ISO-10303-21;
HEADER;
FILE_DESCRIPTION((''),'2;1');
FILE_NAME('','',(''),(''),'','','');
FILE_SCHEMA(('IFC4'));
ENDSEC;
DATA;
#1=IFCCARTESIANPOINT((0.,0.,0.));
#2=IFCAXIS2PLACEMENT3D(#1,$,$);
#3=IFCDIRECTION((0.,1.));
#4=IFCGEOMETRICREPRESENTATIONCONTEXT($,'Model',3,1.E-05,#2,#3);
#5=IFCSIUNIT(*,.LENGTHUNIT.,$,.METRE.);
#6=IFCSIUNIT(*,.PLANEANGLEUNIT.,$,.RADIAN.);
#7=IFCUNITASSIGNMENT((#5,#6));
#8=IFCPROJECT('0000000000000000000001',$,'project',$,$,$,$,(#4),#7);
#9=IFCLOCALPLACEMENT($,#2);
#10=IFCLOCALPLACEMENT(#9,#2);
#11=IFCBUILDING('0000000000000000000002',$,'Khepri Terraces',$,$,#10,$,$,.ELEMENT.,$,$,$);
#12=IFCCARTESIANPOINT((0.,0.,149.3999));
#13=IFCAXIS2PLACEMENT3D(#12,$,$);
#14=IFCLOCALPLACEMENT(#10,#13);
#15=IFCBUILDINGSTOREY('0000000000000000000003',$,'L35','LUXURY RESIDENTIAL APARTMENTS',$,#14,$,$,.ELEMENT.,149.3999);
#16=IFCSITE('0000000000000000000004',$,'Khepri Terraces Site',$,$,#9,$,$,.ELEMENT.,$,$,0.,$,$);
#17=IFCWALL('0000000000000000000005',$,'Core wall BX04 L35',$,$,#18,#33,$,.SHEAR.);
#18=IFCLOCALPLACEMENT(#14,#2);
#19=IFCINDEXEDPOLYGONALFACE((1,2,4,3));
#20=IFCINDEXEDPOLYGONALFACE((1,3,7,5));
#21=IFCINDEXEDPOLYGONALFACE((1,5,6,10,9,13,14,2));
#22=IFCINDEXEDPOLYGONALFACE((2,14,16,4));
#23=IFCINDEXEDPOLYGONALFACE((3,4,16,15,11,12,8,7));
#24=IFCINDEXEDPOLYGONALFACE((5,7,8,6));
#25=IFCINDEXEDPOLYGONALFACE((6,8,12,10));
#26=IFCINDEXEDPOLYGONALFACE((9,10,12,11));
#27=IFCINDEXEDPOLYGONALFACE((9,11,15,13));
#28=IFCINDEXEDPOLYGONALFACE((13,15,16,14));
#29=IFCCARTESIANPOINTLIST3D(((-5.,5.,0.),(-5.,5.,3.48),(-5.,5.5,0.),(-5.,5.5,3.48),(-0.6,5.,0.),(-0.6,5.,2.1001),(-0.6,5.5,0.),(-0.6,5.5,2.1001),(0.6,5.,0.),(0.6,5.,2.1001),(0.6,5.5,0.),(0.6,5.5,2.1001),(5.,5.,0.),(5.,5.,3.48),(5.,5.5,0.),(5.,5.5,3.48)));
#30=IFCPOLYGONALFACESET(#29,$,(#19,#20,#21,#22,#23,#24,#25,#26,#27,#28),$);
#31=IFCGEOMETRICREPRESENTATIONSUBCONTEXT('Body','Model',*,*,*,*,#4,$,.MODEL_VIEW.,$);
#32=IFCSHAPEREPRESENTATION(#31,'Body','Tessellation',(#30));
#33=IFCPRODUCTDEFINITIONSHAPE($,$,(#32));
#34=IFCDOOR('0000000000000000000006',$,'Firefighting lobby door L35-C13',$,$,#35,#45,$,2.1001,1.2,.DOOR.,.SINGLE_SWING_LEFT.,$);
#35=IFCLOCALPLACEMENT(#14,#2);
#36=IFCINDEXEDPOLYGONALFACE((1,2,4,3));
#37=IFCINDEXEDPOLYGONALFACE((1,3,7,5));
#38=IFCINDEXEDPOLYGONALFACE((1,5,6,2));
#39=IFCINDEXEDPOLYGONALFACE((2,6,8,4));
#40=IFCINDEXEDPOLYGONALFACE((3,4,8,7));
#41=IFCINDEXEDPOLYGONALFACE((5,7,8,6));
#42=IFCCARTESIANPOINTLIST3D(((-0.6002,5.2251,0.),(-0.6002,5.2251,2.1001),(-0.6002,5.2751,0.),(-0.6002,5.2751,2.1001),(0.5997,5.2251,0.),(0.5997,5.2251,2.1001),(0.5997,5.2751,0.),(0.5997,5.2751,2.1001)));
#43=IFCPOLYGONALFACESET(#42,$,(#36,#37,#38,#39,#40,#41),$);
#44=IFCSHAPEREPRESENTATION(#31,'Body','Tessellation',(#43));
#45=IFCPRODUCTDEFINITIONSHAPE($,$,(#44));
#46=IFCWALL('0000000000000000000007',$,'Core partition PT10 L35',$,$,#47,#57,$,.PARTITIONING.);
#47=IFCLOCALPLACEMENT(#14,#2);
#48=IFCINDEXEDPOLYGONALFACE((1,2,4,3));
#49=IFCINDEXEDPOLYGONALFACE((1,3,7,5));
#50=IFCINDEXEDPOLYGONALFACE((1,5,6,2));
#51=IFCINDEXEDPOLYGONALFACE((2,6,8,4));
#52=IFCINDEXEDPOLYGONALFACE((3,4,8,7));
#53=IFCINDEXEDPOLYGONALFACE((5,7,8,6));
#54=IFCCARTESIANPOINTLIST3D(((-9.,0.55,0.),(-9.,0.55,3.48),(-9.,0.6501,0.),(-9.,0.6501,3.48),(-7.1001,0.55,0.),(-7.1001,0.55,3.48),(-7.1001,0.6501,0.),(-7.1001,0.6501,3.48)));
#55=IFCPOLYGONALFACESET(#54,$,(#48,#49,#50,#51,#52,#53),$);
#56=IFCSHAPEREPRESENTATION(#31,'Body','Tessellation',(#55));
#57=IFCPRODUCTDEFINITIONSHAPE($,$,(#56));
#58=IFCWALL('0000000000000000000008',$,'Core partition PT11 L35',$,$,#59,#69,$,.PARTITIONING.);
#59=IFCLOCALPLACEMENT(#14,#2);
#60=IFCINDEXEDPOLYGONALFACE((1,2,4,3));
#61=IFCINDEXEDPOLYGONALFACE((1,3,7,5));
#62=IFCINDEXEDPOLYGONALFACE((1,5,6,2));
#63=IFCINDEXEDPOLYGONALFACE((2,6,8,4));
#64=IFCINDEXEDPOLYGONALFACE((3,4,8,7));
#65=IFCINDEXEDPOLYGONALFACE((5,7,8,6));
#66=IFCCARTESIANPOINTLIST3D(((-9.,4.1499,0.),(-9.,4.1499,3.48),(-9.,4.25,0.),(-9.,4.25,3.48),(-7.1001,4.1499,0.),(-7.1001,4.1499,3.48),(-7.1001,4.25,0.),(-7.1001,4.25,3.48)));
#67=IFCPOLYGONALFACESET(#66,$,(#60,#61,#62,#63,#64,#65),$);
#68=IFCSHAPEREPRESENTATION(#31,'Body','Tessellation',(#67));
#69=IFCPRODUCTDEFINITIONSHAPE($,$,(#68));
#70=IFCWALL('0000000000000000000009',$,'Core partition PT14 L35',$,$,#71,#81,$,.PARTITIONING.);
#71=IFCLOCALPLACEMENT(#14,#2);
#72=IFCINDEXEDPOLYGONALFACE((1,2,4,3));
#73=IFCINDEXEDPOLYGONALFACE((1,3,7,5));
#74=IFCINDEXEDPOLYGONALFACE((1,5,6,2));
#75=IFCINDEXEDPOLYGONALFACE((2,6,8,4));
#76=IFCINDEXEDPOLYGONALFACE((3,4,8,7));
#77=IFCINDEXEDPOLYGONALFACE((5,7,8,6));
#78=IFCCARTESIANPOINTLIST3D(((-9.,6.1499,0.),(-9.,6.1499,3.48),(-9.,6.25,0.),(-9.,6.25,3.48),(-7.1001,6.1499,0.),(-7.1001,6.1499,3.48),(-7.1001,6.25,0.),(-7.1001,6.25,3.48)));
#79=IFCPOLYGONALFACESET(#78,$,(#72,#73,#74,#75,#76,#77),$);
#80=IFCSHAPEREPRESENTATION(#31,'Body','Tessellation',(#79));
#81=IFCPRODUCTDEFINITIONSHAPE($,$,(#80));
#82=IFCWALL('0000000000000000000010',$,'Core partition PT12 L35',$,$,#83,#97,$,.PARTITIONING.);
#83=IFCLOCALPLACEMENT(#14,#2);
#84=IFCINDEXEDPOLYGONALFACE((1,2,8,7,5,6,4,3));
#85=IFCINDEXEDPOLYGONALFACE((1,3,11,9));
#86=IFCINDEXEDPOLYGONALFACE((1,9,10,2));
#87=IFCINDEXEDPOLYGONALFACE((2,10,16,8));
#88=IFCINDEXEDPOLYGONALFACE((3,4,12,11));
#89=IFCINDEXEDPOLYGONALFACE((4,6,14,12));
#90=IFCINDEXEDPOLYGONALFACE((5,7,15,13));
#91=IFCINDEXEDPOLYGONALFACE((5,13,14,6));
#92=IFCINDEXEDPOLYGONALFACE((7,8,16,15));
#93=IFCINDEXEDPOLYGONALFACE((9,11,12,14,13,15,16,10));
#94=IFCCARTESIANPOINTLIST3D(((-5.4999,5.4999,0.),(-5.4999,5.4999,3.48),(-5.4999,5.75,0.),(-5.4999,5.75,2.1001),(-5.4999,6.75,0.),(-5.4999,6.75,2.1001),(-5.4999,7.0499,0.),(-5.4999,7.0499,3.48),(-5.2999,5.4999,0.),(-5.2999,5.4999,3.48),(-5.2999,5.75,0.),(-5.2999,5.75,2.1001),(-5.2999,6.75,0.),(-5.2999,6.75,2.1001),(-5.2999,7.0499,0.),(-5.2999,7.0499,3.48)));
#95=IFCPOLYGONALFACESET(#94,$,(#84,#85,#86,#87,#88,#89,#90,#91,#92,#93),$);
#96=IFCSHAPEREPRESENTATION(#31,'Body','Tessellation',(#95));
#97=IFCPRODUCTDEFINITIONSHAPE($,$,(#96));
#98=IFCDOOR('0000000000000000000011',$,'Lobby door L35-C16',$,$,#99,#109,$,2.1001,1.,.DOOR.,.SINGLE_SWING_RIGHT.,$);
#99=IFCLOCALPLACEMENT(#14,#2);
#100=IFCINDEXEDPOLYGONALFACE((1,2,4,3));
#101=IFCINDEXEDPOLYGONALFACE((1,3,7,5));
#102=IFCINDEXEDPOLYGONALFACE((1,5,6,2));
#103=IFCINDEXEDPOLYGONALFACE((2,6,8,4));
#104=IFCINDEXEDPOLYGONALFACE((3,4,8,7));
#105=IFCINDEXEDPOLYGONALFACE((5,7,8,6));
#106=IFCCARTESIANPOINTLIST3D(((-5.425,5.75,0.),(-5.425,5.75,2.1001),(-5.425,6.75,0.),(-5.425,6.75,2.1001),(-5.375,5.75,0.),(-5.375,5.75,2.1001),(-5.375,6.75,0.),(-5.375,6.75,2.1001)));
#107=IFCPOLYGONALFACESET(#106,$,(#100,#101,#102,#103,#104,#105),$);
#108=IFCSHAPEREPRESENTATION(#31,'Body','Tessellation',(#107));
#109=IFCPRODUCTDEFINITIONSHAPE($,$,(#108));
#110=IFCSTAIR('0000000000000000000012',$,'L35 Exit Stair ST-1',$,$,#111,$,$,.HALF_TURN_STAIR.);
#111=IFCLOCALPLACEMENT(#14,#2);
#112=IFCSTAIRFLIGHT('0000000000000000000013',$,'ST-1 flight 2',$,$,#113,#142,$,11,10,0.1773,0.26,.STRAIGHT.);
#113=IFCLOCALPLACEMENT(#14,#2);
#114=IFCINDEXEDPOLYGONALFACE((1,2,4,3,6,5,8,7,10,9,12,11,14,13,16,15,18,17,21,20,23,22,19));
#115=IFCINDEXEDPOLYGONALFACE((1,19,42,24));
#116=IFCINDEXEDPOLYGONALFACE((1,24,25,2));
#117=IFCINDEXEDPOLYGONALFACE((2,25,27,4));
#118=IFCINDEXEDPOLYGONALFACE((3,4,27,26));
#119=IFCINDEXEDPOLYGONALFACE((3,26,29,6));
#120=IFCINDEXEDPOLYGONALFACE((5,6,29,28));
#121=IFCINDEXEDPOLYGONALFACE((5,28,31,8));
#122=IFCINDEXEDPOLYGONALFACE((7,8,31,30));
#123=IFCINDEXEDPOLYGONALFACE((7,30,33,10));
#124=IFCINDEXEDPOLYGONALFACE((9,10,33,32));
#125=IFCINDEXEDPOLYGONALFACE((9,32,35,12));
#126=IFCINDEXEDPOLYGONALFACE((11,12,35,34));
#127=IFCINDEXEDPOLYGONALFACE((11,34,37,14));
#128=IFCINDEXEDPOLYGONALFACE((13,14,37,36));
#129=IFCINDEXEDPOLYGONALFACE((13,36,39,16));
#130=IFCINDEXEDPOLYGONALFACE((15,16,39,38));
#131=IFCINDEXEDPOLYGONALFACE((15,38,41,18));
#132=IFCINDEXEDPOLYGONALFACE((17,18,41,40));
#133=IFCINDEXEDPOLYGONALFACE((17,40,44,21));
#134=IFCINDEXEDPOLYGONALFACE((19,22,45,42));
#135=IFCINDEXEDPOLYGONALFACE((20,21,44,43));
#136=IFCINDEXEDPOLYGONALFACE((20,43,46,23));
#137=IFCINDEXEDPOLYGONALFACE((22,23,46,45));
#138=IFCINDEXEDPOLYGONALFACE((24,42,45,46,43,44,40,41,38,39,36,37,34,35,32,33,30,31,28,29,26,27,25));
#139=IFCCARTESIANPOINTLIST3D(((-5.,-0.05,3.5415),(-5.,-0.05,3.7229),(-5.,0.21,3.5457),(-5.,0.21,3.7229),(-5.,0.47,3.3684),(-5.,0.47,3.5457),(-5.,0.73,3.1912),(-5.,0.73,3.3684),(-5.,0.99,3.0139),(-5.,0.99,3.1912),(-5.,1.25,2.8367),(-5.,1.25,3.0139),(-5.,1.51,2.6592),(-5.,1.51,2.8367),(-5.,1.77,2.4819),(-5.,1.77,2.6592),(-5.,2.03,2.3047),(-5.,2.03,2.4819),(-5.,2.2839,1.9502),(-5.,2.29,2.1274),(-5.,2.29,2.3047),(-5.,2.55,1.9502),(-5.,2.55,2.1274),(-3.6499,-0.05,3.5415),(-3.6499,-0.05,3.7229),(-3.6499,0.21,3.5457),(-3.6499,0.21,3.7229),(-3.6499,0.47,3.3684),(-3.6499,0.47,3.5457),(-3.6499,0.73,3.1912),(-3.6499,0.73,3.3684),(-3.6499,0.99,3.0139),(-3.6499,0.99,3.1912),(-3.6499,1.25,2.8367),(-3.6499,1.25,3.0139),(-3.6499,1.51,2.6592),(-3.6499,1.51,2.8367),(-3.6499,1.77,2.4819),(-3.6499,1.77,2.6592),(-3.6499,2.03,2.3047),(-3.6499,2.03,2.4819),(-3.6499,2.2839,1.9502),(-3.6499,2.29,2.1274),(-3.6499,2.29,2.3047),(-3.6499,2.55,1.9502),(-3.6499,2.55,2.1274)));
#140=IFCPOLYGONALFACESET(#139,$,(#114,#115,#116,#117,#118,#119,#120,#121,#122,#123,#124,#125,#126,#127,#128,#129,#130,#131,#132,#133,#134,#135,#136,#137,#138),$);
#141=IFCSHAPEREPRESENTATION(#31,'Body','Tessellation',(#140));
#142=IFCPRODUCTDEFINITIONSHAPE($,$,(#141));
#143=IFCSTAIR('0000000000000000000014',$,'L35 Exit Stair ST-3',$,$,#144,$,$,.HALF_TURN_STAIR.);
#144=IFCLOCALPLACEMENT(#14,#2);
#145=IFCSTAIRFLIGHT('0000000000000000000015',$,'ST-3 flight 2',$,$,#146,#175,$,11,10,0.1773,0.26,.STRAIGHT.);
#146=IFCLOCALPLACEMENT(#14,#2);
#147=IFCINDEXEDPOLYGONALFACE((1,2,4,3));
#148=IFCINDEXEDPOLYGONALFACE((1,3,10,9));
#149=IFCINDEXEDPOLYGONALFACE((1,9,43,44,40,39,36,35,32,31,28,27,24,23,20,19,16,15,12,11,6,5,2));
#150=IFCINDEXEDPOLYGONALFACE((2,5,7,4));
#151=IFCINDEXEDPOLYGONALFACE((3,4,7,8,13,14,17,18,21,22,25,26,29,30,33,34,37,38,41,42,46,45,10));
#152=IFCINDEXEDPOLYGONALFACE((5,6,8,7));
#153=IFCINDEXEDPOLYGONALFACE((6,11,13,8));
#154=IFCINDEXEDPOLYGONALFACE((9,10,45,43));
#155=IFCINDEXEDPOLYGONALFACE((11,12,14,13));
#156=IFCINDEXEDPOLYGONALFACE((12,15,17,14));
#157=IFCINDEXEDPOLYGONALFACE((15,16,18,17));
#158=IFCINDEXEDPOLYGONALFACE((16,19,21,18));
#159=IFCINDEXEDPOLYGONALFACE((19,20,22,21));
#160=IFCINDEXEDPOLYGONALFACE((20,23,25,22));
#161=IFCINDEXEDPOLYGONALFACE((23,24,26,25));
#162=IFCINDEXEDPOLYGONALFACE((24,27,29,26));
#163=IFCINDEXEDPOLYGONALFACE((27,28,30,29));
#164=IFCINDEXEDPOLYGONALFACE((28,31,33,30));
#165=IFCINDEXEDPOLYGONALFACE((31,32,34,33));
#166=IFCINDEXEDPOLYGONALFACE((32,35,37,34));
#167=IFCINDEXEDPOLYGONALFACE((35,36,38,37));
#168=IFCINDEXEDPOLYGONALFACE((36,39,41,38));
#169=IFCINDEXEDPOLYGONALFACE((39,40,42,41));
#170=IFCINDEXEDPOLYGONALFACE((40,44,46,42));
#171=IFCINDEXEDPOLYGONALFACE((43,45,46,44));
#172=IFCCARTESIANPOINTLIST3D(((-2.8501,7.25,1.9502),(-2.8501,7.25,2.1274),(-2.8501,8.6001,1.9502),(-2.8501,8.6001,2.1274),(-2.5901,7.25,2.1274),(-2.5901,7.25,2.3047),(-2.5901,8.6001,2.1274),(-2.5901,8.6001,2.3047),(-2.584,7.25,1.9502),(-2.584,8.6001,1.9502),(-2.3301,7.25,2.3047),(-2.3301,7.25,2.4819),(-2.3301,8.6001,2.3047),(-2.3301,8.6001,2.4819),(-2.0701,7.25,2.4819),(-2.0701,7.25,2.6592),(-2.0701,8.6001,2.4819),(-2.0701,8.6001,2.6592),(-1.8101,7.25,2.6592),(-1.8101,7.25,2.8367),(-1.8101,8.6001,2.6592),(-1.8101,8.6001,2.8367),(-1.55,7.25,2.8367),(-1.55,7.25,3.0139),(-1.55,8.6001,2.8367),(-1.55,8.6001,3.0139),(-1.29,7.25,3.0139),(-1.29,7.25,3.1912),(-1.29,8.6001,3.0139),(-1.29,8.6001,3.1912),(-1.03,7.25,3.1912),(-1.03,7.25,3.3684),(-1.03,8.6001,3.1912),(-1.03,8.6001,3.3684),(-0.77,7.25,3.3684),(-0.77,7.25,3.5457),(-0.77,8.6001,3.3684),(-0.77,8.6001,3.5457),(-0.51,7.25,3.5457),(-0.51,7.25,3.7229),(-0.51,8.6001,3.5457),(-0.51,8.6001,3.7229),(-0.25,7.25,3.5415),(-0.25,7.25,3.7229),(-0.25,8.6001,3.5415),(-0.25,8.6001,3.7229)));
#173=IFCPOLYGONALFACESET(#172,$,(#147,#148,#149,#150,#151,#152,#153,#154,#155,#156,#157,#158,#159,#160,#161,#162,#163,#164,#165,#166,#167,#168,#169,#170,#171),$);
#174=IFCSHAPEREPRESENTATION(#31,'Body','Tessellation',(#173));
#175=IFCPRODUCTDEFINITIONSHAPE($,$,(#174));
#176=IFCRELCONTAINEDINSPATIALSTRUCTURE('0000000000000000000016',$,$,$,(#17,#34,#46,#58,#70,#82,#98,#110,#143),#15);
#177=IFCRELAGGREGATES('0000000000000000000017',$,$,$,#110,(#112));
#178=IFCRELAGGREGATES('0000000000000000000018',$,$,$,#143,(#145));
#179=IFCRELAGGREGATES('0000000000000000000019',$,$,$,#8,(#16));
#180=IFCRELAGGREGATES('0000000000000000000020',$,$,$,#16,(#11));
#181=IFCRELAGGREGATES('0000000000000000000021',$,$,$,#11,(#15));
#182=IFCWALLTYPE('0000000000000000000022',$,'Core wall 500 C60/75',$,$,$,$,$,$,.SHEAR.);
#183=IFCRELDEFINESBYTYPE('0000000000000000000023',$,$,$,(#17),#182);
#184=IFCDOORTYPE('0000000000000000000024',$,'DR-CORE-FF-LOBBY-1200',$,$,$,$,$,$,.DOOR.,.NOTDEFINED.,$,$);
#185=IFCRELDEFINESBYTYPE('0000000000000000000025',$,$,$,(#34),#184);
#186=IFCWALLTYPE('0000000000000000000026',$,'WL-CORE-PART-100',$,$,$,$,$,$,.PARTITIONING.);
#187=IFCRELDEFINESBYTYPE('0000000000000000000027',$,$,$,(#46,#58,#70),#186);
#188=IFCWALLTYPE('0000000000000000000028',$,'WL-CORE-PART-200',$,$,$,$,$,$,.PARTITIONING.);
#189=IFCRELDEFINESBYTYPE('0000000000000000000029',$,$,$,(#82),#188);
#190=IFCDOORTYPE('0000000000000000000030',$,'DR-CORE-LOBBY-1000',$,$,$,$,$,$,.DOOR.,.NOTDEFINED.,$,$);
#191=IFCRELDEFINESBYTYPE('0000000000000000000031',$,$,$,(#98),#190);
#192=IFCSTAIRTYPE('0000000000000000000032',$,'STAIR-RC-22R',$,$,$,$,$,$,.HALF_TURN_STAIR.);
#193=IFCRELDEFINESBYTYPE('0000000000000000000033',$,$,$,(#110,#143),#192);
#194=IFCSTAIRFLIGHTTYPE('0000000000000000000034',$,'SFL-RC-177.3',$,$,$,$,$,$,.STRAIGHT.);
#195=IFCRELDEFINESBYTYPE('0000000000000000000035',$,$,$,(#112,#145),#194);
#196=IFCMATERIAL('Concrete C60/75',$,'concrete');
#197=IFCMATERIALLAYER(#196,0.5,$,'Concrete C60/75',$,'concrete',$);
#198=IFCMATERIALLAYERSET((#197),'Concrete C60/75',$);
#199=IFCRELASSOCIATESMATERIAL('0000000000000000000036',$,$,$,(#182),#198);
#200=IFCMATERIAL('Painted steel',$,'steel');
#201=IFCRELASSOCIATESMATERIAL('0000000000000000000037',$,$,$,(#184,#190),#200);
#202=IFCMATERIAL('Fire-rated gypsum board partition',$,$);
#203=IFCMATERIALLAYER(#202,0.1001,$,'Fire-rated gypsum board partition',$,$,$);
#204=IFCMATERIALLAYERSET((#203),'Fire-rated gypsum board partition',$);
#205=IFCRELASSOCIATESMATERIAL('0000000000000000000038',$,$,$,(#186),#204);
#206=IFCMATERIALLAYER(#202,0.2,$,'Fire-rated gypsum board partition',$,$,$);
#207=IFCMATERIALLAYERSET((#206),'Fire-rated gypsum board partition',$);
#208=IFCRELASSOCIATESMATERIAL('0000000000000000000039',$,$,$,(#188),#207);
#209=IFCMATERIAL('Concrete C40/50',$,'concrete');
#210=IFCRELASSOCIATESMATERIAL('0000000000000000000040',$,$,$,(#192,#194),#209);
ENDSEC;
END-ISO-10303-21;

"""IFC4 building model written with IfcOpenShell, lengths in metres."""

from ifc_helpers import new_model, si_unit, direction, frame, frame_2d, origin, place, context, subcontext, project, spatial, polyline, rectangle, outline, extrude, material, layer, layer_set, type_object, element, fill, aggregate, save


model = new_model("IFC4")

# Units and contexts
model_context = context("Model", 3, precision=1e-05, world=origin(), true_north=direction((0.0, 1.0)))
body_context = subcontext(model_context, "Body", "Model", "MODEL_VIEW")
ifc_project = project(units=[si_unit("LENGTHUNIT", "METRE"), si_unit("PLANEANGLEUNIT", "RADIAN")], contexts=[model_context])

# Site, building, storey
site_placement = place(None, origin())
site = spatial("IfcSite", under=ifc_project, at=site_placement, Name="Khepri Terraces Site", CompositionType="ELEMENT", RefElevation=0.0)
building_placement = place(site_placement, origin())
building = spatial("IfcBuilding", under=site, at=building_placement, Name="Khepri Terraces", CompositionType="ELEMENT")
storey_placement = place(building_placement, frame((0.0, 0.0, 149.3999)))
storey = spatial("IfcBuildingStorey", under=building, at=storey_placement, Name="L35", Description="LUXURY RESIDENTIAL APARTMENTS", CompositionType="ELEMENT", Elevation=149.3999)

# Shared definitions
ifc_material_1 = material(Name="Concrete C40/50", Category="concrete")

# Shared definitions
ifc_material_2 = material(Name="Concrete C60/75", Category="concrete")

# Wall, opening, door
ifc_layer_1 = layer(ifc_material_2, 0.5, Name="Concrete C60/75", Category="concrete")
ifc_layer_set_1 = layer_set([ifc_layer_1], Name="Concrete C60/75")
wall_type_1 = type_object("IfcWallType", Name="Core wall 500 C60/75", PredefinedType="SHEAR", material=ifc_layer_set_1)
wall_1_placement = place(storey_placement, frame((-5.0, 5.25, 0.0), z_axis=(0.0, 0.0, 1.0), x_axis=(1.0, 0.0, 0.0)))
wall_1 = element("IfcWall", 1, at=wall_1_placement, inside=storey, type_object=wall_type_1, Name="Core wall BX04 L35", PredefinedType="SHEAR", context=body_context, shape_type="SweptSolid", body=[
    extrude(rectangle(XDim=10.0, YDim=0.5, at=frame_2d((5.0, 0.0))), origin(), (0.0, 0.0, 1.0), 3.48),
])
opening_1_placement = place(wall_1_placement, frame((4.3999, 0.0, 0.0)))
opening_1 = element("IfcOpeningElement", 2, at=opening_1_placement, cuts=wall_1, PredefinedType="OPENING", context=body_context, shape_type="SweptSolid", body=[
    extrude(rectangle(XDim=1.2, YDim=2.1001, at=frame_2d((0.6001, 1.05))), frame((0.0, 0.26, 0.0), z_axis=(0.0, -1.0, 0.0), x_axis=(1.0, 0.0, 0.0)), (0.0, 0.0, 1.0), 0.52),
])
ifc_material_3 = material(Name="Painted steel", Category="steel")
door_type_1 = type_object("IfcDoorType", Name="DR-CORE-FF-LOBBY-1200", OperationType="NOTDEFINED", PredefinedType="DOOR", material=ifc_material_3)
door_1_placement = place(opening_1_placement, frame((1.2, 0.0, 0.0), z_axis=(0.0, 0.0, 1.0), x_axis=(-1.0, 0.0, 0.0)))
door_1 = element("IfcDoor", 3, at=door_1_placement, inside=storey, type_object=door_type_1, Name="Firefighting lobby door L35-C13", OperationType="SINGLE_SWING_LEFT", OverallHeight=2.1001, OverallWidth=1.2, PredefinedType="DOOR", context=body_context, shape_type="SweptSolid", body=[
    extrude(rectangle(XDim=1.2, YDim=2.1001, at=frame_2d((0.6001, 1.05))), frame((0.0, 0.0249, 0.0), z_axis=(0.0, -1.0, 0.0), x_axis=(1.0, 0.0, 0.0)), (0.0, 0.0, 1.0), 0.05),
])
fill(opening_1, door_1)

# Walls
ifc_material_4 = material(Name="Fire-rated gypsum board partition")
ifc_layer_2 = layer(ifc_material_4, 0.1001, Name="Fire-rated gypsum board partition")
ifc_layer_set_2 = layer_set([ifc_layer_2], Name="Fire-rated gypsum board partition")
wall_type_2 = type_object("IfcWallType", Name="WL-CORE-PART-100", PredefinedType="PARTITIONING", material=ifc_layer_set_2)
for number, where, z_axis, x_axis, name in (
    (4, (-9.0, 0.6001, 0.0), (0.0, 0.0, 1.0), (1.0, 0.0, 0.0), "Core partition PT10 L35"),
    (5, (-9.0, 4.2, 0.0), (0.0, 0.0, 1.0), (1.0, 0.0, 0.0), "Core partition PT11 L35"),
    (6, (-9.0, 6.2, 0.0), (0.0, 0.0, 1.0), (1.0, 0.0, 0.0), "Core partition PT14 L35"),
):
    element("IfcWall", number, at=place(storey_placement, frame(where, z_axis=z_axis, x_axis=x_axis)), inside=storey, type_object=wall_type_2, Name=name, PredefinedType="PARTITIONING", context=body_context, shape_type="SweptSolid", body=[
        extrude(rectangle(XDim=1.8999, YDim=0.1001, at=frame_2d((0.95, 0.0))), origin(), (0.0, 0.0, 1.0), 3.48),
    ])

# Wall, opening, door
ifc_layer_3 = layer(ifc_material_4, 0.2, Name="Fire-rated gypsum board partition")
ifc_layer_set_3 = layer_set([ifc_layer_3], Name="Fire-rated gypsum board partition")
wall_type_3 = type_object("IfcWallType", Name="WL-CORE-PART-200", PredefinedType="PARTITIONING", material=ifc_layer_set_3)
wall_2_placement = place(storey_placement, frame((-5.3999, 5.5, 0.0), z_axis=(0.0, 0.0, 1.0), x_axis=(0.0, 1.0, 0.0)))
wall_2 = element("IfcWall", 7, at=wall_2_placement, inside=storey, type_object=wall_type_3, Name="Core partition PT12 L35", PredefinedType="PARTITIONING", context=body_context, shape_type="SweptSolid", body=[
    extrude(rectangle(XDim=1.55, YDim=0.2, at=frame_2d((0.7749, 0.0))), origin(), (0.0, 0.0, 1.0), 3.48),
])
opening_2_placement = place(wall_2_placement, frame((0.25, 0.0, 0.0)))
opening_2 = element("IfcOpeningElement", 8, at=opening_2_placement, cuts=wall_2, PredefinedType="OPENING", context=body_context, shape_type="SweptSolid", body=[
    extrude(rectangle(XDim=1.0, YDim=2.1001, at=frame_2d((0.5, 1.05))), frame((0.0, 0.1099, 0.0), z_axis=(0.0, -1.0, 0.0), x_axis=(1.0, 0.0, 0.0)), (0.0, 0.0, 1.0), 0.22),
])
door_type_2 = type_object("IfcDoorType", Name="DR-CORE-LOBBY-1000", OperationType="NOTDEFINED", PredefinedType="DOOR", material=ifc_material_3)
door_2_placement = place(opening_2_placement, frame((1.0, 0.0, 0.0), z_axis=(0.0, 0.0, 1.0), x_axis=(-1.0, 0.0, 0.0)))
door_2 = element("IfcDoor", 9, at=door_2_placement, inside=storey, type_object=door_type_2, Name="Lobby door L35-C16", OperationType="SINGLE_SWING_RIGHT", OverallHeight=2.1001, OverallWidth=1.0, PredefinedType="DOOR", context=body_context, shape_type="SweptSolid", body=[
    extrude(rectangle(XDim=1.0, YDim=2.1001, at=frame_2d((0.5, 1.05))), frame((0.0, 0.0249, 0.0), z_axis=(0.0, -1.0, 0.0), x_axis=(1.0, 0.0, 0.0)), (0.0, 0.0, 1.0), 0.05),
])
fill(opening_2, door_2)

# Stairs, stair flights
stair_type = type_object("IfcStairType", Name="STAIR-RC-22R", PredefinedType="HALF_TURN_STAIR", material=ifc_material_1)
stair_1_placement = place(storey_placement, origin())
stair_1 = element("IfcStair", 10, at=stair_1_placement, inside=storey, type_object=stair_type, Name="L35 Exit Stair ST-1", PredefinedType="HALF_TURN_STAIR")
stair_flight_type = type_object("IfcStairFlightType", Name="SFL-RC-177.3", PredefinedType="STRAIGHT", material=ifc_material_1)
stair_flight_1_placement = place(storey_placement, frame((-4.325, 2.55, 1.9502), z_axis=(0.0, 0.0, 1.0), x_axis=(0.0, -1.0, 0.0)))
stair_flight_1 = element("IfcStairFlight", 11, at=stair_flight_1_placement, type_object=stair_flight_type, Name="ST-1 flight 2", NumberOfRisers=11, NumberOfTreads=10, PredefinedType="STRAIGHT", RiserHeight=0.1773, TreadLength=0.26, context=body_context, shape_type="SweptSolid", body=[
    extrude(outline(polyline([(0.0, 0.0), (0.0, 0.1772), (0.26, 0.1772), (0.26, 0.3545), (0.52, 0.3545), (0.52, 0.5317), (0.78, 0.5317), (0.78, 0.709), (1.04, 0.709), (1.04, 0.8865), (1.3, 0.8865), (1.3, 1.0637), (1.5601, 1.0637), (1.5601, 1.241), (1.8201, 1.241), (1.8201, 1.4182), (2.0801, 1.4182), (2.0801, 1.5955), (2.3401, 1.5955), (2.3401, 1.7727), (2.6001, 1.7727), (2.6001, 1.95), (2.6001, 1.5913), (0.2661, 0.0), (0.0, 0.0)])), frame((0.0, 0.675, 0.0), z_axis=(0.0, -1.0, 0.0), x_axis=(1.0, 0.0, 0.0)), (0.0, 0.0, 1.0), 1.3501),
])
aggregate(stair_1, [stair_flight_1])
stair_2_placement = place(storey_placement, origin())
stair_2 = element("IfcStair", 12, at=stair_2_placement, inside=storey, type_object=stair_type, Name="L35 Exit Stair ST-3", PredefinedType="HALF_TURN_STAIR")
stair_flight_2_placement = place(storey_placement, frame((-2.8501, 7.925, 1.9502), z_axis=(0.0, 0.0, 1.0), x_axis=(1.0, 0.0, 0.0)))
stair_flight_2 = element("IfcStairFlight", 13, at=stair_flight_2_placement, type_object=stair_flight_type, Name="ST-3 flight 2", NumberOfRisers=11, NumberOfTreads=10, PredefinedType="STRAIGHT", RiserHeight=0.1773, TreadLength=0.26, context=body_context, shape_type="SweptSolid", body=[
    extrude(outline(polyline([(0.0, 0.0), (0.0, 0.1772), (0.26, 0.1772), (0.26, 0.3545), (0.52, 0.3545), (0.52, 0.5317), (0.78, 0.5317), (0.78, 0.709), (1.04, 0.709), (1.04, 0.8865), (1.3, 0.8865), (1.3, 1.0637), (1.5601, 1.0637), (1.5601, 1.241), (1.8201, 1.241), (1.8201, 1.4182), (2.0801, 1.4182), (2.0801, 1.5955), (2.3401, 1.5955), (2.3401, 1.7727), (2.6001, 1.7727), (2.6001, 1.95), (2.6001, 1.5913), (0.2661, 0.0), (0.0, 0.0)])), frame((0.0, 0.675, 0.0), z_axis=(0.0, -1.0, 0.0), x_axis=(1.0, 0.0, 0.0)), (0.0, 0.0, 1.0), 1.3501),
])
aggregate(stair_2, [stair_flight_2])

save(model, "model.ifc")
